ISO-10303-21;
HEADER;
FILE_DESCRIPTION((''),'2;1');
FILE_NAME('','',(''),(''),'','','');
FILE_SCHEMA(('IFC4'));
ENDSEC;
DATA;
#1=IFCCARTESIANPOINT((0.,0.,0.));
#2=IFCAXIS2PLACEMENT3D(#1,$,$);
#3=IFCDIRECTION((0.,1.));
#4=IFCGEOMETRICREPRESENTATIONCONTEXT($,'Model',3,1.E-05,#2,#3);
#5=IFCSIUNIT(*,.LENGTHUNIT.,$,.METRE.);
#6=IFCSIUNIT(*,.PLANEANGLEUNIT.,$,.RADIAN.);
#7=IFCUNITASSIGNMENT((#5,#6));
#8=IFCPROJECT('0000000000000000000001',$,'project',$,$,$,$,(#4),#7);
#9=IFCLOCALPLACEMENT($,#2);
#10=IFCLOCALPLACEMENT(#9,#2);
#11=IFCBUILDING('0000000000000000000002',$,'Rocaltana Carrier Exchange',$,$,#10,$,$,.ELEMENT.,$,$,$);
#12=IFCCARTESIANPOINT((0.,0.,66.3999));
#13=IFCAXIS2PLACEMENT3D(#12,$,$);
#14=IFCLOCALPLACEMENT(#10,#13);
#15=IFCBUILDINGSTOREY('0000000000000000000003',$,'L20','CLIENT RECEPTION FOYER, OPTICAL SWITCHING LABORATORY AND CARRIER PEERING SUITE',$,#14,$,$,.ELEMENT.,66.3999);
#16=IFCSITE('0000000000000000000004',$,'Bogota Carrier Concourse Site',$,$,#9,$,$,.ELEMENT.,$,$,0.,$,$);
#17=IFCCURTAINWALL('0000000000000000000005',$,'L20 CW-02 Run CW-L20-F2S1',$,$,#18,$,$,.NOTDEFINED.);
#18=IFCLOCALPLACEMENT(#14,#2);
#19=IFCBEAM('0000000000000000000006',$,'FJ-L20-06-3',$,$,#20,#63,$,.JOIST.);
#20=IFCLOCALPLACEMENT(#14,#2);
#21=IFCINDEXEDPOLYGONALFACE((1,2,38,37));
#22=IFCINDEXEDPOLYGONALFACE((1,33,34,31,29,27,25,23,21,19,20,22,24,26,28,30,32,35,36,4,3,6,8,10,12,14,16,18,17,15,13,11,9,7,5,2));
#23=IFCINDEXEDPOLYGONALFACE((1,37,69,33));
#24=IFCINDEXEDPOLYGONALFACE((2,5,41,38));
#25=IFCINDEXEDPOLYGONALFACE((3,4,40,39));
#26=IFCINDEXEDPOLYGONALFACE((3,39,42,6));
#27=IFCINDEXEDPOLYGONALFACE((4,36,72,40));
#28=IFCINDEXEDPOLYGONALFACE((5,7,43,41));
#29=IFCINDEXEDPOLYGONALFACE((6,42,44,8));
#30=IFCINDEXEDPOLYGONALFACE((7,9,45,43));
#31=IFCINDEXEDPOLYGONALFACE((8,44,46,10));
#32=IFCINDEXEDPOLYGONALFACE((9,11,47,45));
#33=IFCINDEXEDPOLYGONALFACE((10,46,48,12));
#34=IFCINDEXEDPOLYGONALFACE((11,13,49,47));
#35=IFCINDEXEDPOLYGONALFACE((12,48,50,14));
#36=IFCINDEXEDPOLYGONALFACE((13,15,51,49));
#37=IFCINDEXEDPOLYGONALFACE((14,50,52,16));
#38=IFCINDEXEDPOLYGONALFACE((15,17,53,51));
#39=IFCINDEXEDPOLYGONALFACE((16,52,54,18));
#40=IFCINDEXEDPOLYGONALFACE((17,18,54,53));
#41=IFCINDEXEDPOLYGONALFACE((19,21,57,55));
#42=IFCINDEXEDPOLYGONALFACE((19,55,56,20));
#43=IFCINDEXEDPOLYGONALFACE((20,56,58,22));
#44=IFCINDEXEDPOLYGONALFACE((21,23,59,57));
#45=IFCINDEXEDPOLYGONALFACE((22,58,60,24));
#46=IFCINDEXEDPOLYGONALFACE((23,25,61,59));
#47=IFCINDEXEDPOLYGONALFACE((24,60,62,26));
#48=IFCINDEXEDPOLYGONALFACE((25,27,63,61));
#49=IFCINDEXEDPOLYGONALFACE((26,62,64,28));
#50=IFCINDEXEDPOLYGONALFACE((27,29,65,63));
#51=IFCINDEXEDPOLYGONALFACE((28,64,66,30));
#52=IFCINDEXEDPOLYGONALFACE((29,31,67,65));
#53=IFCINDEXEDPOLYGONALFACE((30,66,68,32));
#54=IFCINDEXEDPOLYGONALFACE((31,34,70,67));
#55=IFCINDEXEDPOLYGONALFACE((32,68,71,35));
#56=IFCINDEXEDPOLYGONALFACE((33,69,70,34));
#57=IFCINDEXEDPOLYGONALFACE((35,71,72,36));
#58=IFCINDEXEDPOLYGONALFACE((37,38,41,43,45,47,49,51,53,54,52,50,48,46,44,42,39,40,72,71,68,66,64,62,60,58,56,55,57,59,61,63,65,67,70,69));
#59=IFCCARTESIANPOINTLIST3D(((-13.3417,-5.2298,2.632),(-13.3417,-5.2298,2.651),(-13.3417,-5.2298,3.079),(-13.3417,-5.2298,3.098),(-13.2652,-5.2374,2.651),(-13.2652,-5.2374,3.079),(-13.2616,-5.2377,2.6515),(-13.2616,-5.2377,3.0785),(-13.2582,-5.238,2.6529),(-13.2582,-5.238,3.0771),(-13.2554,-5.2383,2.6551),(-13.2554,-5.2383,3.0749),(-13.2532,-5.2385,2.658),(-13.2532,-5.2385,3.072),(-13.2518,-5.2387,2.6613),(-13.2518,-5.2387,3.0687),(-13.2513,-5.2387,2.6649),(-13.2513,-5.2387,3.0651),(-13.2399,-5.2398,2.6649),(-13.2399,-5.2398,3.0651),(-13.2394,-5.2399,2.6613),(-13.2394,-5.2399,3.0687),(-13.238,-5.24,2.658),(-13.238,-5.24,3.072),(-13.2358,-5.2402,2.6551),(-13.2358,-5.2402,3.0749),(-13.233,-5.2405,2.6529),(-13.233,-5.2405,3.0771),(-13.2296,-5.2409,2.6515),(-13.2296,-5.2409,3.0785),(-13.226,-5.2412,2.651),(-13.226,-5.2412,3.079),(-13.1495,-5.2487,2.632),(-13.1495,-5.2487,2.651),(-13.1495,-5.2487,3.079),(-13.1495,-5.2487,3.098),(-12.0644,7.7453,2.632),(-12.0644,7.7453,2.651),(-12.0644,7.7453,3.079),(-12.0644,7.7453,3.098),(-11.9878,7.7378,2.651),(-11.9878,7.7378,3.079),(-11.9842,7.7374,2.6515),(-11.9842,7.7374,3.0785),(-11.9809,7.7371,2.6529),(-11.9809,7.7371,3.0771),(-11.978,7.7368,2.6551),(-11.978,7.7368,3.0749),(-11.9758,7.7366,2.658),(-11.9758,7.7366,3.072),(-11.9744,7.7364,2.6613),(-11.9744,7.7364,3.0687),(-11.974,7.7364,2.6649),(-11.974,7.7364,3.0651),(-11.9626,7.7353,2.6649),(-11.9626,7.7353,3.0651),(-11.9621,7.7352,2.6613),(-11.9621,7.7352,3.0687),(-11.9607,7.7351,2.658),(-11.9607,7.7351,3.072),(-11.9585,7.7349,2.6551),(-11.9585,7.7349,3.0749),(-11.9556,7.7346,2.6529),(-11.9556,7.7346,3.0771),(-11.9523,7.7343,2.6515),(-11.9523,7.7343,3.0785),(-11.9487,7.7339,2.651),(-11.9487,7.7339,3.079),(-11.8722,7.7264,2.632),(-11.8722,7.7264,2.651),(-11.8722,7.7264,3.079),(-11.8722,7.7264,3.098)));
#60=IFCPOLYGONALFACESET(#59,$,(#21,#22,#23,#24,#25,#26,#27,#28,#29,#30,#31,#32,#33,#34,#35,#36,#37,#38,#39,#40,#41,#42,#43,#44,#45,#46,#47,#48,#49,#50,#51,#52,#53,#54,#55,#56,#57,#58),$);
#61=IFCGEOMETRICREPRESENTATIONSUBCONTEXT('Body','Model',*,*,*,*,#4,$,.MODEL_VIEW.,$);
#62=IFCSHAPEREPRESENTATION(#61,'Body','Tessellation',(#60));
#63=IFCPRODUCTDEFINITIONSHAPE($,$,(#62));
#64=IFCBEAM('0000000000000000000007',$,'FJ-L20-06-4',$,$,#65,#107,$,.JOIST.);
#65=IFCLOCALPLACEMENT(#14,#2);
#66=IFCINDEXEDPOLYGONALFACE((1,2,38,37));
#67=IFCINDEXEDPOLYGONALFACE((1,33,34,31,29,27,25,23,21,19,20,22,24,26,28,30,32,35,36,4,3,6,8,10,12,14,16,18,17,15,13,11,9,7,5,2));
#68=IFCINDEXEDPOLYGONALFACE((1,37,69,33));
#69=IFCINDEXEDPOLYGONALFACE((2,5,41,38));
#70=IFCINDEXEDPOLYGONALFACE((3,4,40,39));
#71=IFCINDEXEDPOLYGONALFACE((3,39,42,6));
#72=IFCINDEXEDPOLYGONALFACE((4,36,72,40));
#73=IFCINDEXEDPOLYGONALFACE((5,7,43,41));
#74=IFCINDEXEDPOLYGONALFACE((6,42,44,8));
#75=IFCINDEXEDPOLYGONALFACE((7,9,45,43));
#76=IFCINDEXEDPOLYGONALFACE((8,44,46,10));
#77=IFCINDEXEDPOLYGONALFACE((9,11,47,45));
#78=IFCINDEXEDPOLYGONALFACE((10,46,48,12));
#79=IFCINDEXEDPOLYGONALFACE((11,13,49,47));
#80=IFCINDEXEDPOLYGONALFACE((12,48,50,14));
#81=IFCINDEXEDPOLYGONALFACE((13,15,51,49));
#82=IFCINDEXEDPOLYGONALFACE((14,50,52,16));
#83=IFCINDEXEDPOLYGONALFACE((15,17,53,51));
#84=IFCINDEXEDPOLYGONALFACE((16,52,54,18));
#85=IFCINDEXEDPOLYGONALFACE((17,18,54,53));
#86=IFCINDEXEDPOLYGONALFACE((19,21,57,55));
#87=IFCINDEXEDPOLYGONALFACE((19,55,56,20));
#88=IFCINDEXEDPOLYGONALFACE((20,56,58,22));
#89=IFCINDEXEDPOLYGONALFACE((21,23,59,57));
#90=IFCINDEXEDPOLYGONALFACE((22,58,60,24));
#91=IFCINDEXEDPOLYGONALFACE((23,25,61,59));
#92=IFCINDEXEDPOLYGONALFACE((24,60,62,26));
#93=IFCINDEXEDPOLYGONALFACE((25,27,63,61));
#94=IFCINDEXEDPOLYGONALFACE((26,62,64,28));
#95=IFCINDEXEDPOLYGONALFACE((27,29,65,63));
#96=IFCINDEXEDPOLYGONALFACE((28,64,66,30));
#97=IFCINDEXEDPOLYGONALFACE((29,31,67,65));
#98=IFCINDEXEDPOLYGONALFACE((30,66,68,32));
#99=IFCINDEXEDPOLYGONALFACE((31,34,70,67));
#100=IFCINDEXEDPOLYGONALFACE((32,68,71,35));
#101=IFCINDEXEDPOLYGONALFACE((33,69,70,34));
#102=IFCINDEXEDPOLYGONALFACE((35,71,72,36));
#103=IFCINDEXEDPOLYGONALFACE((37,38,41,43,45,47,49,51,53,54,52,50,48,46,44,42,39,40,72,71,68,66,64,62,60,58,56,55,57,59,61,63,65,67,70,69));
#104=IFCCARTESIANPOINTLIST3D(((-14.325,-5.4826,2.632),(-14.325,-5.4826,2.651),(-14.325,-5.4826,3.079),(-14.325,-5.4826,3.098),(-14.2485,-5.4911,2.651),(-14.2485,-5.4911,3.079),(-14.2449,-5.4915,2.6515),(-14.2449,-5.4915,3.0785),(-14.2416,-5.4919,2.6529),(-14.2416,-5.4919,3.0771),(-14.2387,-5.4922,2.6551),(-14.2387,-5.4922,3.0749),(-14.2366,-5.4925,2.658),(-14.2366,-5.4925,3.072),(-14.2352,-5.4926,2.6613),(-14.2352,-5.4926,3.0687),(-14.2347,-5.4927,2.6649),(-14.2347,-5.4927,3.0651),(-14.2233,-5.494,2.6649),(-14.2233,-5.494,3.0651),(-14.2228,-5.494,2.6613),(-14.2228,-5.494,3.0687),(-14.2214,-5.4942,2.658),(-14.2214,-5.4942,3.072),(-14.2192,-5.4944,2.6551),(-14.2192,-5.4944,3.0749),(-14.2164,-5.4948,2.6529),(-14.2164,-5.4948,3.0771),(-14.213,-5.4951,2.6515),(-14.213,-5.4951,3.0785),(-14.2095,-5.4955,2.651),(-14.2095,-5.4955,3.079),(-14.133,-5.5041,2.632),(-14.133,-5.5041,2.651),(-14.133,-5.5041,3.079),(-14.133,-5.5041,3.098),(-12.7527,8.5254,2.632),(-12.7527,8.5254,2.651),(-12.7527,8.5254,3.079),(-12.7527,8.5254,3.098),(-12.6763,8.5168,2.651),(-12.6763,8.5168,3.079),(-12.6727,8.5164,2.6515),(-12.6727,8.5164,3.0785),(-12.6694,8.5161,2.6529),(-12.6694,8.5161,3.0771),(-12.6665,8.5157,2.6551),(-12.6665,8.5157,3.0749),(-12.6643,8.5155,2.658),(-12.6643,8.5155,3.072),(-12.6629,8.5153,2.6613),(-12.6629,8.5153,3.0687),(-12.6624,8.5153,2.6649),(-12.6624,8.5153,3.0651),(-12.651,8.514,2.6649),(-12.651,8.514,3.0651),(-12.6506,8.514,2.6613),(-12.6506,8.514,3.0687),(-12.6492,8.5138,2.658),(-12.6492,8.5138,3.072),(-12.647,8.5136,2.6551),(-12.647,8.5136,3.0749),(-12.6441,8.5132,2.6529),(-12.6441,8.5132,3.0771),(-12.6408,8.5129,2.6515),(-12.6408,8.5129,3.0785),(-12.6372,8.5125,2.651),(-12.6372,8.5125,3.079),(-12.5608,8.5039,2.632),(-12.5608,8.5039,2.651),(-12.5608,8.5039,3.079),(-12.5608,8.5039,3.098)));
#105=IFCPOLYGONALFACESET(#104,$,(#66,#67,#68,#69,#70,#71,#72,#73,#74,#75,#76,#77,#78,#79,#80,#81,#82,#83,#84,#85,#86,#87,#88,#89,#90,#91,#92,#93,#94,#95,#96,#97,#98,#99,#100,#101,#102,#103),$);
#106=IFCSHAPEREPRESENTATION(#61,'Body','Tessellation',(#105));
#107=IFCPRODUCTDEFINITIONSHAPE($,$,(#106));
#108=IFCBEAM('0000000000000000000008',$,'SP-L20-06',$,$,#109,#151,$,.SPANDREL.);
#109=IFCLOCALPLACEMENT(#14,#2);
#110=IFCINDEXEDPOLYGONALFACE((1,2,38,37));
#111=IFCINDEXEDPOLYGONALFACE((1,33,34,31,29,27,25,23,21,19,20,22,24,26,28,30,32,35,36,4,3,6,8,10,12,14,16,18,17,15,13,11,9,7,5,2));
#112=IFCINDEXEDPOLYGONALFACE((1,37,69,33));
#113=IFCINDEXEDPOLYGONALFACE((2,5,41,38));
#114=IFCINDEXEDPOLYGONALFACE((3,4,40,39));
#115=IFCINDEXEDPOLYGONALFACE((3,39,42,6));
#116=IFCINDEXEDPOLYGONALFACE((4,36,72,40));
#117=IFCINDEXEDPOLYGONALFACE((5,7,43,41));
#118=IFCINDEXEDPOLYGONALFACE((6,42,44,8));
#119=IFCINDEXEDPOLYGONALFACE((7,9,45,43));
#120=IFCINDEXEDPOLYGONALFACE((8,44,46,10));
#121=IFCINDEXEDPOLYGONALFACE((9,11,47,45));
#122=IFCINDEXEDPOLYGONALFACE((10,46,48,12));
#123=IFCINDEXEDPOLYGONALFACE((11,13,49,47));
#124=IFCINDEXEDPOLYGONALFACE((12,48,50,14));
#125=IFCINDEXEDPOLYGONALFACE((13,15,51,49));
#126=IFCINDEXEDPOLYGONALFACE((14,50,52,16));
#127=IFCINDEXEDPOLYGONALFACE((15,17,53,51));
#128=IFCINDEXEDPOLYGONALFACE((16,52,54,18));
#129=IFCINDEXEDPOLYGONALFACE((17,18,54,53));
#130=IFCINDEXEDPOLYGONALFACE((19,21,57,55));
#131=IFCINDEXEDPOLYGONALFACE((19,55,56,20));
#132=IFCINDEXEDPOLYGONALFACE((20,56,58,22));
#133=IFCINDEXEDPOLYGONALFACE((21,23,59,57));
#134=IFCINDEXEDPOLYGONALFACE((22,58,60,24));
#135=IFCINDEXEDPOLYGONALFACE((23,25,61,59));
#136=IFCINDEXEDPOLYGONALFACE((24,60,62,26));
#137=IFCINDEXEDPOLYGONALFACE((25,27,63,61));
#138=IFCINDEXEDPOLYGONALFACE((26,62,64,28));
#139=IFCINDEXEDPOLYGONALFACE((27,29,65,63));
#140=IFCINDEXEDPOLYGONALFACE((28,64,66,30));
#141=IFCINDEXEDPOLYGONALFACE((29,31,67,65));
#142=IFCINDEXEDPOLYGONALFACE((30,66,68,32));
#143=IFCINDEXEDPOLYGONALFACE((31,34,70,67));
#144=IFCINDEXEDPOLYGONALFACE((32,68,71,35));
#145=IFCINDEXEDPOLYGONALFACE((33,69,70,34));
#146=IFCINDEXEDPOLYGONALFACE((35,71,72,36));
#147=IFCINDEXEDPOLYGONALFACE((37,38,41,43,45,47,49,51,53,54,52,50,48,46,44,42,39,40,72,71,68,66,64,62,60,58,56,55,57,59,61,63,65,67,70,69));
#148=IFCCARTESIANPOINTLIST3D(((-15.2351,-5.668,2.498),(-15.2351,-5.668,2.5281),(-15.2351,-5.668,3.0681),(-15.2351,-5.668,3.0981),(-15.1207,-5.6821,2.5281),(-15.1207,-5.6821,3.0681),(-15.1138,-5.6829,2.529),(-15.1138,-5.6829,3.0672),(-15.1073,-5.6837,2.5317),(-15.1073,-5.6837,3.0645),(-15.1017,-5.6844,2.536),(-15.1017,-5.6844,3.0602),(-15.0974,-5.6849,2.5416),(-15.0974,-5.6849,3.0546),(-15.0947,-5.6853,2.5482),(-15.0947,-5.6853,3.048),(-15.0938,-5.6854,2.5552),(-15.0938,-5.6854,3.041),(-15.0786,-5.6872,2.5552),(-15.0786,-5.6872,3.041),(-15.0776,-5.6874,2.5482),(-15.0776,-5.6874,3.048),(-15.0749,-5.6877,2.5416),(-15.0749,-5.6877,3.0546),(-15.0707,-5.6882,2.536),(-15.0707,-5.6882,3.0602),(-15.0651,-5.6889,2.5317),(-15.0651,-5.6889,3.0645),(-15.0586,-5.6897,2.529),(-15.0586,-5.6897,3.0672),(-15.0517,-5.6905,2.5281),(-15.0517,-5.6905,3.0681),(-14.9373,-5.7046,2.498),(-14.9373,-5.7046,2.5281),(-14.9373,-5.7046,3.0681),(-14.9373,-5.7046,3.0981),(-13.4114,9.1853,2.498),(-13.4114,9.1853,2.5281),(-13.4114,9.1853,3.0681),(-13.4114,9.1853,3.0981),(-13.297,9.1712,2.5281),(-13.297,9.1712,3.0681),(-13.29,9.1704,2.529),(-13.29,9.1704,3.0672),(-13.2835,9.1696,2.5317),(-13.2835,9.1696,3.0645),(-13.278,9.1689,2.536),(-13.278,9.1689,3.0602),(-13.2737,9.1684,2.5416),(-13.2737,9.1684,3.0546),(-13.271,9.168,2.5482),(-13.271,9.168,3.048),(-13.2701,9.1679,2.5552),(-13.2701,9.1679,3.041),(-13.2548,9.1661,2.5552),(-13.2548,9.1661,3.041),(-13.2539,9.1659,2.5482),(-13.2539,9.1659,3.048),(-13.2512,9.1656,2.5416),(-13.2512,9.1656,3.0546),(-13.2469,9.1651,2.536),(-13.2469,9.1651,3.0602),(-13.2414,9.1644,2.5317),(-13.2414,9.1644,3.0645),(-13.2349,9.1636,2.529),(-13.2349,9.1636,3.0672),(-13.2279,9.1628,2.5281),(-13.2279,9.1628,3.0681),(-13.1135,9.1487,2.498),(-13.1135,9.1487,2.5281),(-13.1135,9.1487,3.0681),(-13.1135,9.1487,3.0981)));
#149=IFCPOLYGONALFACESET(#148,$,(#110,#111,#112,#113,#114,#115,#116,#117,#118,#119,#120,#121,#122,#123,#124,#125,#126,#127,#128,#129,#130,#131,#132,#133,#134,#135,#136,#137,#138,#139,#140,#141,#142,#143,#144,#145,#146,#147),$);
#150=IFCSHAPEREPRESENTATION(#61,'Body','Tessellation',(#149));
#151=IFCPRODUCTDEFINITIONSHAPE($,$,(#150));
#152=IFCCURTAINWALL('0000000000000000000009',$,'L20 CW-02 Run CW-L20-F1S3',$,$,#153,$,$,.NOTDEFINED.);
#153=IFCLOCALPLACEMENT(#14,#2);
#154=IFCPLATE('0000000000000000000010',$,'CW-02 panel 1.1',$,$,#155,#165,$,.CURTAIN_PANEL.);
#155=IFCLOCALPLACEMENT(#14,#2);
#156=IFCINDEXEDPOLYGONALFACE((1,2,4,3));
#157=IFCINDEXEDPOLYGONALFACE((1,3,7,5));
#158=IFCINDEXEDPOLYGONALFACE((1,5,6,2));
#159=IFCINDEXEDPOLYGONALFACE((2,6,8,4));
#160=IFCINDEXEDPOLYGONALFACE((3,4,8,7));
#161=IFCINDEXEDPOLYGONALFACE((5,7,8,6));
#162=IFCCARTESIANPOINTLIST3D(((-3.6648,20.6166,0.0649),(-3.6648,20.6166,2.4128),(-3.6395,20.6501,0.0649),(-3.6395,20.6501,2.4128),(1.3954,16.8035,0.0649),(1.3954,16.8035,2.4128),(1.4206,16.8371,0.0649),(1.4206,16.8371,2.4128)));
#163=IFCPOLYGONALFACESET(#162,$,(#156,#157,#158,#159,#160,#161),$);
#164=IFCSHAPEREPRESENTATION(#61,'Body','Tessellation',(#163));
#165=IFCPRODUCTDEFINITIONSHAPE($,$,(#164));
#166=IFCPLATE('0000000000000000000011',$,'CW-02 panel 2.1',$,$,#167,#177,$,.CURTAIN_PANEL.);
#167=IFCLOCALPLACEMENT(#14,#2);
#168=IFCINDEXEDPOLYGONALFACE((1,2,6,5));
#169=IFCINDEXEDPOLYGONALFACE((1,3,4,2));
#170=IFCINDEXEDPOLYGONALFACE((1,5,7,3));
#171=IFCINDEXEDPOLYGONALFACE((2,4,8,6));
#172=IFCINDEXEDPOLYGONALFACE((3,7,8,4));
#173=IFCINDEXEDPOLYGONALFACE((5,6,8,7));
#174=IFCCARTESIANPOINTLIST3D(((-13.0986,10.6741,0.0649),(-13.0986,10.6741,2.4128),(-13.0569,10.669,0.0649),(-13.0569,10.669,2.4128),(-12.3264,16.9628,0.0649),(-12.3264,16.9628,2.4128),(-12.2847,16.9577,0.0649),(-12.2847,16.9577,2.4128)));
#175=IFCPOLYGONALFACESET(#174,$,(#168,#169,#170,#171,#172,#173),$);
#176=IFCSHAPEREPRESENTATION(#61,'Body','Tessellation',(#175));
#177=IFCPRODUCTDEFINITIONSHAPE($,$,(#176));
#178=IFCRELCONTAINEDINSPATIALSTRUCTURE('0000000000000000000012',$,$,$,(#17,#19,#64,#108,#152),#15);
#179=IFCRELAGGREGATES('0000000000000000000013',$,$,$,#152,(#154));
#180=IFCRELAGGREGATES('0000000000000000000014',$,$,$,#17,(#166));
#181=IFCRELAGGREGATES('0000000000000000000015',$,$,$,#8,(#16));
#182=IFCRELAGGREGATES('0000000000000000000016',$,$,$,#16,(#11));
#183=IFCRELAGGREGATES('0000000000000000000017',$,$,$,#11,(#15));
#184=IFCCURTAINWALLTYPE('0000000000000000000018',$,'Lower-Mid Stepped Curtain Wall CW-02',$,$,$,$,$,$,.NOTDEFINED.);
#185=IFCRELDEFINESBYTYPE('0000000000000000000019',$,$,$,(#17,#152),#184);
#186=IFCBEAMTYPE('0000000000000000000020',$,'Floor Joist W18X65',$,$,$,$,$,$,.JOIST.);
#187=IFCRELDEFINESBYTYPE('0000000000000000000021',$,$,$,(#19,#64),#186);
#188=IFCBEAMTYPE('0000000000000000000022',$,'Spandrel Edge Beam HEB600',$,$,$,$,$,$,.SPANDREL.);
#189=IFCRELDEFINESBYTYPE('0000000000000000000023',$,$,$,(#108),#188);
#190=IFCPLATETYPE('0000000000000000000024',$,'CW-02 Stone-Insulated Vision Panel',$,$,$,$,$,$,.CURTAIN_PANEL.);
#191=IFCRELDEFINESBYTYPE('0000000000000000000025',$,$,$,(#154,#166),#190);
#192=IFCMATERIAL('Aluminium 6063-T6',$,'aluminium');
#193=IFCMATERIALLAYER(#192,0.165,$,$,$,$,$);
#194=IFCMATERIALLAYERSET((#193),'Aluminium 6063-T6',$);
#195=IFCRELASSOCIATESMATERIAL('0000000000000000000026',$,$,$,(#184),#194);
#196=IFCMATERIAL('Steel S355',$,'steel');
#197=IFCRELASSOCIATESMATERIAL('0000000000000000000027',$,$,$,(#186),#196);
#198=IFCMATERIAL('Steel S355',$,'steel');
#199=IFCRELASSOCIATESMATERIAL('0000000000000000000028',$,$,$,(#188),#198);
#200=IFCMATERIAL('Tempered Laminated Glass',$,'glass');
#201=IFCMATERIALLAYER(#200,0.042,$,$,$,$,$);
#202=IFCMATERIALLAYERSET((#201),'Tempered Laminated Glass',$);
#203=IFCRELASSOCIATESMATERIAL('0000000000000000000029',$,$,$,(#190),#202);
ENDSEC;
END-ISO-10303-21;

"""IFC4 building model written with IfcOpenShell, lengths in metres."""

from ifc_helpers import new_model, si_unit, direction, frame, origin, origin_2d, place, context, subcontext, project, spatial, rectangle, i_section, extrude, material, layer, layer_set, material_profile, profile_set, type_object, element, aggregate, save


model = new_model("IFC4")

# Units and contexts
model_context = context("Model", 3, precision=1e-05, world=origin(), true_north=direction((0.0, 1.0)))
body_context = subcontext(model_context, "Body", "Model", "MODEL_VIEW")
ifc_project = project(units=[si_unit("LENGTHUNIT", "METRE"), si_unit("PLANEANGLEUNIT", "RADIAN")], contexts=[model_context])

# Site, building, storey
site_placement = place(None, origin())
site = spatial("IfcSite", under=ifc_project, at=site_placement, Name="Bogota Carrier Concourse Site", CompositionType="ELEMENT", RefElevation=0.0)
building_placement = place(site_placement, origin())
building = spatial("IfcBuilding", under=site, at=building_placement, Name="Rocaltana Carrier Exchange", CompositionType="ELEMENT")
storey_placement = place(building_placement, frame((0.0, 0.0, 66.3999)))
storey = spatial("IfcBuildingStorey", under=building, at=storey_placement, Name="L20", Description="CLIENT RECEPTION FOYER, OPTICAL SWITCHING LABORATORY AND CARRIER PEERING SUITE", CompositionType="ELEMENT", Elevation=66.3999)

# Curtain wall
ifc_material_1 = material(Name="Aluminium 6063-T6", Category="aluminium")
ifc_layer_1 = layer(ifc_material_1, 0.165)
ifc_layer_set_1 = layer_set([ifc_layer_1], Name="Aluminium 6063-T6")
curtain_wall_type = type_object("IfcCurtainWallType", Name="Lower-Mid Stepped Curtain Wall CW-02", PredefinedType="NOTDEFINED", material=ifc_layer_set_1)
curtain_wall_1_placement = place(storey_placement, origin())
curtain_wall_1 = element("IfcCurtainWall", 1, at=curtain_wall_1_placement, inside=storey, type_object=curtain_wall_type, Name="L20 CW-02 Run CW-L20-F2S1", PredefinedType="NOTDEFINED")

# Beams
ifc_material_2 = material(Name="Steel S355", Category="steel")
ifc_material_profile_1 = material_profile(ifc_material_2, i_section(OverallWidth=0.1931, OverallDepth=0.4661, WebThickness=0.0115, FlangeThickness=0.019, FilletRadius=0.0139, at=origin_2d()), Name="W18X65")
ifc_profile_set_1 = profile_set([ifc_material_profile_1], Name="Steel S355")
beam_type_1 = type_object("IfcBeamType", Name="Floor Joist W18X65", PredefinedType="JOIST", material=ifc_profile_set_1)
beam_1_placement = place(storey_placement, frame((-11.9683, 7.7358, 2.865), z_axis=(-0.097972, -0.995189, 0.0), x_axis=(0.995189, -0.097972, 0.0)))
element("IfcBeam", 2, at=beam_1_placement, inside=storey, type_object=beam_type_1, Name="FJ-L20-06-3", PredefinedType="JOIST", context=body_context, shape_type="SweptSolid", body=[
    extrude(i_section(OverallWidth=0.1931, OverallDepth=0.4661, WebThickness=0.0115, FlangeThickness=0.019, FilletRadius=0.0139, at=origin_2d()), origin(), (0.0, 0.0, 1.0), 13.0378),
])
beam_2_placement = place(storey_placement, frame((-12.6567, 8.5146, 2.865), z_axis=(-0.11154, -0.99376, 0.0), x_axis=(0.99376, -0.11154, 0.0)))
element("IfcBeam", 3, at=beam_2_placement, inside=storey, type_object=beam_type_1, Name="FJ-L20-06-4", PredefinedType="JOIST", context=body_context, shape_type="SweptSolid", body=[
    extrude(i_section(OverallWidth=0.1931, OverallDepth=0.4661, WebThickness=0.0115, FlangeThickness=0.019, FilletRadius=0.0139, at=origin_2d()), origin(), (0.0, 0.0, 1.0), 14.0959),
])
ifc_material_3 = material(Name="Steel S355", Category="steel")
ifc_material_profile_2 = material_profile(ifc_material_3, i_section(OverallWidth=0.3, OverallDepth=0.6001, WebThickness=0.0154, FlangeThickness=0.03, FilletRadius=0.0271, at=origin_2d()), Name="HEB600")
ifc_profile_set_2 = profile_set([ifc_material_profile_2], Name="Steel S355")
beam_type_2 = type_object("IfcBeamType", Name="Spandrel Edge Beam HEB600", PredefinedType="SPANDREL", material=ifc_profile_set_2)
beam_3_placement = place(storey_placement, frame((-13.2625, 9.167, 2.7981), z_axis=(-0.121868, -0.992546, 0.0), x_axis=(0.992546, -0.121868, 0.0)))
element("IfcBeam", 4, at=beam_3_placement, inside=storey, type_object=beam_type_2, Name="SP-L20-06", PredefinedType="SPANDREL", context=body_context, shape_type="SweptSolid", body=[
    extrude(i_section(OverallWidth=0.3, OverallDepth=0.6001, WebThickness=0.0154, FlangeThickness=0.03, FilletRadius=0.0271, at=origin_2d()), origin(), (0.0, 0.0, 1.0), 14.9648),
])

# Curtain wall, plate
curtain_wall_2_placement = place(storey_placement, origin())
curtain_wall_2 = element("IfcCurtainWall", 5, at=curtain_wall_2_placement, inside=storey, type_object=curtain_wall_type, Name="L20 CW-02 Run CW-L20-F1S3", PredefinedType="NOTDEFINED")
ifc_material_4 = material(Name="Tempered Laminated Glass", Category="glass")
ifc_layer_2 = layer(ifc_material_4, 0.042)
ifc_layer_set_2 = layer_set([ifc_layer_2], Name="Tempered Laminated Glass")
plate_type = type_object("IfcPlateType", Name="CW-02 Stone-Insulated Vision Panel", PredefinedType="CURTAIN_PANEL", material=ifc_layer_set_2)
plate_1_placement = place(storey_placement, frame((-1.1221, 18.7268, 0.0649), z_axis=(0.0, 0.0, 1.0), x_axis=(-0.798638, 0.601812, 0.0)))
plate_1 = element("IfcPlate", 6, at=plate_1_placement, type_object=plate_type, Name="CW-02 panel 1.1", PredefinedType="CURTAIN_PANEL", context=body_context, shape_type="SweptSolid", body=[
    extrude(rectangle(XDim=6.3359, YDim=0.042, at=origin_2d()), origin(), (0.0, 0.0, 1.0), 2.3479),
])
aggregate(curtain_wall_2, [plate_1])

# Plate
plate_2_placement = place(storey_placement, frame((-12.6917, 13.8159, 0.0649), z_axis=(0.0, 0.0, 1.0), x_axis=(-0.121873, -0.992546, 0.0)))
plate_2 = element("IfcPlate", 7, at=plate_2_placement, type_object=plate_type, Name="CW-02 panel 2.1", PredefinedType="CURTAIN_PANEL", context=body_context, shape_type="SweptSolid", body=[
    extrude(rectangle(XDim=6.3359, YDim=0.042, at=origin_2d()), origin(), (0.0, 0.0, 1.0), 2.3479),
])
aggregate(curtain_wall_1, [plate_2])

save(model, "model.ifc")
